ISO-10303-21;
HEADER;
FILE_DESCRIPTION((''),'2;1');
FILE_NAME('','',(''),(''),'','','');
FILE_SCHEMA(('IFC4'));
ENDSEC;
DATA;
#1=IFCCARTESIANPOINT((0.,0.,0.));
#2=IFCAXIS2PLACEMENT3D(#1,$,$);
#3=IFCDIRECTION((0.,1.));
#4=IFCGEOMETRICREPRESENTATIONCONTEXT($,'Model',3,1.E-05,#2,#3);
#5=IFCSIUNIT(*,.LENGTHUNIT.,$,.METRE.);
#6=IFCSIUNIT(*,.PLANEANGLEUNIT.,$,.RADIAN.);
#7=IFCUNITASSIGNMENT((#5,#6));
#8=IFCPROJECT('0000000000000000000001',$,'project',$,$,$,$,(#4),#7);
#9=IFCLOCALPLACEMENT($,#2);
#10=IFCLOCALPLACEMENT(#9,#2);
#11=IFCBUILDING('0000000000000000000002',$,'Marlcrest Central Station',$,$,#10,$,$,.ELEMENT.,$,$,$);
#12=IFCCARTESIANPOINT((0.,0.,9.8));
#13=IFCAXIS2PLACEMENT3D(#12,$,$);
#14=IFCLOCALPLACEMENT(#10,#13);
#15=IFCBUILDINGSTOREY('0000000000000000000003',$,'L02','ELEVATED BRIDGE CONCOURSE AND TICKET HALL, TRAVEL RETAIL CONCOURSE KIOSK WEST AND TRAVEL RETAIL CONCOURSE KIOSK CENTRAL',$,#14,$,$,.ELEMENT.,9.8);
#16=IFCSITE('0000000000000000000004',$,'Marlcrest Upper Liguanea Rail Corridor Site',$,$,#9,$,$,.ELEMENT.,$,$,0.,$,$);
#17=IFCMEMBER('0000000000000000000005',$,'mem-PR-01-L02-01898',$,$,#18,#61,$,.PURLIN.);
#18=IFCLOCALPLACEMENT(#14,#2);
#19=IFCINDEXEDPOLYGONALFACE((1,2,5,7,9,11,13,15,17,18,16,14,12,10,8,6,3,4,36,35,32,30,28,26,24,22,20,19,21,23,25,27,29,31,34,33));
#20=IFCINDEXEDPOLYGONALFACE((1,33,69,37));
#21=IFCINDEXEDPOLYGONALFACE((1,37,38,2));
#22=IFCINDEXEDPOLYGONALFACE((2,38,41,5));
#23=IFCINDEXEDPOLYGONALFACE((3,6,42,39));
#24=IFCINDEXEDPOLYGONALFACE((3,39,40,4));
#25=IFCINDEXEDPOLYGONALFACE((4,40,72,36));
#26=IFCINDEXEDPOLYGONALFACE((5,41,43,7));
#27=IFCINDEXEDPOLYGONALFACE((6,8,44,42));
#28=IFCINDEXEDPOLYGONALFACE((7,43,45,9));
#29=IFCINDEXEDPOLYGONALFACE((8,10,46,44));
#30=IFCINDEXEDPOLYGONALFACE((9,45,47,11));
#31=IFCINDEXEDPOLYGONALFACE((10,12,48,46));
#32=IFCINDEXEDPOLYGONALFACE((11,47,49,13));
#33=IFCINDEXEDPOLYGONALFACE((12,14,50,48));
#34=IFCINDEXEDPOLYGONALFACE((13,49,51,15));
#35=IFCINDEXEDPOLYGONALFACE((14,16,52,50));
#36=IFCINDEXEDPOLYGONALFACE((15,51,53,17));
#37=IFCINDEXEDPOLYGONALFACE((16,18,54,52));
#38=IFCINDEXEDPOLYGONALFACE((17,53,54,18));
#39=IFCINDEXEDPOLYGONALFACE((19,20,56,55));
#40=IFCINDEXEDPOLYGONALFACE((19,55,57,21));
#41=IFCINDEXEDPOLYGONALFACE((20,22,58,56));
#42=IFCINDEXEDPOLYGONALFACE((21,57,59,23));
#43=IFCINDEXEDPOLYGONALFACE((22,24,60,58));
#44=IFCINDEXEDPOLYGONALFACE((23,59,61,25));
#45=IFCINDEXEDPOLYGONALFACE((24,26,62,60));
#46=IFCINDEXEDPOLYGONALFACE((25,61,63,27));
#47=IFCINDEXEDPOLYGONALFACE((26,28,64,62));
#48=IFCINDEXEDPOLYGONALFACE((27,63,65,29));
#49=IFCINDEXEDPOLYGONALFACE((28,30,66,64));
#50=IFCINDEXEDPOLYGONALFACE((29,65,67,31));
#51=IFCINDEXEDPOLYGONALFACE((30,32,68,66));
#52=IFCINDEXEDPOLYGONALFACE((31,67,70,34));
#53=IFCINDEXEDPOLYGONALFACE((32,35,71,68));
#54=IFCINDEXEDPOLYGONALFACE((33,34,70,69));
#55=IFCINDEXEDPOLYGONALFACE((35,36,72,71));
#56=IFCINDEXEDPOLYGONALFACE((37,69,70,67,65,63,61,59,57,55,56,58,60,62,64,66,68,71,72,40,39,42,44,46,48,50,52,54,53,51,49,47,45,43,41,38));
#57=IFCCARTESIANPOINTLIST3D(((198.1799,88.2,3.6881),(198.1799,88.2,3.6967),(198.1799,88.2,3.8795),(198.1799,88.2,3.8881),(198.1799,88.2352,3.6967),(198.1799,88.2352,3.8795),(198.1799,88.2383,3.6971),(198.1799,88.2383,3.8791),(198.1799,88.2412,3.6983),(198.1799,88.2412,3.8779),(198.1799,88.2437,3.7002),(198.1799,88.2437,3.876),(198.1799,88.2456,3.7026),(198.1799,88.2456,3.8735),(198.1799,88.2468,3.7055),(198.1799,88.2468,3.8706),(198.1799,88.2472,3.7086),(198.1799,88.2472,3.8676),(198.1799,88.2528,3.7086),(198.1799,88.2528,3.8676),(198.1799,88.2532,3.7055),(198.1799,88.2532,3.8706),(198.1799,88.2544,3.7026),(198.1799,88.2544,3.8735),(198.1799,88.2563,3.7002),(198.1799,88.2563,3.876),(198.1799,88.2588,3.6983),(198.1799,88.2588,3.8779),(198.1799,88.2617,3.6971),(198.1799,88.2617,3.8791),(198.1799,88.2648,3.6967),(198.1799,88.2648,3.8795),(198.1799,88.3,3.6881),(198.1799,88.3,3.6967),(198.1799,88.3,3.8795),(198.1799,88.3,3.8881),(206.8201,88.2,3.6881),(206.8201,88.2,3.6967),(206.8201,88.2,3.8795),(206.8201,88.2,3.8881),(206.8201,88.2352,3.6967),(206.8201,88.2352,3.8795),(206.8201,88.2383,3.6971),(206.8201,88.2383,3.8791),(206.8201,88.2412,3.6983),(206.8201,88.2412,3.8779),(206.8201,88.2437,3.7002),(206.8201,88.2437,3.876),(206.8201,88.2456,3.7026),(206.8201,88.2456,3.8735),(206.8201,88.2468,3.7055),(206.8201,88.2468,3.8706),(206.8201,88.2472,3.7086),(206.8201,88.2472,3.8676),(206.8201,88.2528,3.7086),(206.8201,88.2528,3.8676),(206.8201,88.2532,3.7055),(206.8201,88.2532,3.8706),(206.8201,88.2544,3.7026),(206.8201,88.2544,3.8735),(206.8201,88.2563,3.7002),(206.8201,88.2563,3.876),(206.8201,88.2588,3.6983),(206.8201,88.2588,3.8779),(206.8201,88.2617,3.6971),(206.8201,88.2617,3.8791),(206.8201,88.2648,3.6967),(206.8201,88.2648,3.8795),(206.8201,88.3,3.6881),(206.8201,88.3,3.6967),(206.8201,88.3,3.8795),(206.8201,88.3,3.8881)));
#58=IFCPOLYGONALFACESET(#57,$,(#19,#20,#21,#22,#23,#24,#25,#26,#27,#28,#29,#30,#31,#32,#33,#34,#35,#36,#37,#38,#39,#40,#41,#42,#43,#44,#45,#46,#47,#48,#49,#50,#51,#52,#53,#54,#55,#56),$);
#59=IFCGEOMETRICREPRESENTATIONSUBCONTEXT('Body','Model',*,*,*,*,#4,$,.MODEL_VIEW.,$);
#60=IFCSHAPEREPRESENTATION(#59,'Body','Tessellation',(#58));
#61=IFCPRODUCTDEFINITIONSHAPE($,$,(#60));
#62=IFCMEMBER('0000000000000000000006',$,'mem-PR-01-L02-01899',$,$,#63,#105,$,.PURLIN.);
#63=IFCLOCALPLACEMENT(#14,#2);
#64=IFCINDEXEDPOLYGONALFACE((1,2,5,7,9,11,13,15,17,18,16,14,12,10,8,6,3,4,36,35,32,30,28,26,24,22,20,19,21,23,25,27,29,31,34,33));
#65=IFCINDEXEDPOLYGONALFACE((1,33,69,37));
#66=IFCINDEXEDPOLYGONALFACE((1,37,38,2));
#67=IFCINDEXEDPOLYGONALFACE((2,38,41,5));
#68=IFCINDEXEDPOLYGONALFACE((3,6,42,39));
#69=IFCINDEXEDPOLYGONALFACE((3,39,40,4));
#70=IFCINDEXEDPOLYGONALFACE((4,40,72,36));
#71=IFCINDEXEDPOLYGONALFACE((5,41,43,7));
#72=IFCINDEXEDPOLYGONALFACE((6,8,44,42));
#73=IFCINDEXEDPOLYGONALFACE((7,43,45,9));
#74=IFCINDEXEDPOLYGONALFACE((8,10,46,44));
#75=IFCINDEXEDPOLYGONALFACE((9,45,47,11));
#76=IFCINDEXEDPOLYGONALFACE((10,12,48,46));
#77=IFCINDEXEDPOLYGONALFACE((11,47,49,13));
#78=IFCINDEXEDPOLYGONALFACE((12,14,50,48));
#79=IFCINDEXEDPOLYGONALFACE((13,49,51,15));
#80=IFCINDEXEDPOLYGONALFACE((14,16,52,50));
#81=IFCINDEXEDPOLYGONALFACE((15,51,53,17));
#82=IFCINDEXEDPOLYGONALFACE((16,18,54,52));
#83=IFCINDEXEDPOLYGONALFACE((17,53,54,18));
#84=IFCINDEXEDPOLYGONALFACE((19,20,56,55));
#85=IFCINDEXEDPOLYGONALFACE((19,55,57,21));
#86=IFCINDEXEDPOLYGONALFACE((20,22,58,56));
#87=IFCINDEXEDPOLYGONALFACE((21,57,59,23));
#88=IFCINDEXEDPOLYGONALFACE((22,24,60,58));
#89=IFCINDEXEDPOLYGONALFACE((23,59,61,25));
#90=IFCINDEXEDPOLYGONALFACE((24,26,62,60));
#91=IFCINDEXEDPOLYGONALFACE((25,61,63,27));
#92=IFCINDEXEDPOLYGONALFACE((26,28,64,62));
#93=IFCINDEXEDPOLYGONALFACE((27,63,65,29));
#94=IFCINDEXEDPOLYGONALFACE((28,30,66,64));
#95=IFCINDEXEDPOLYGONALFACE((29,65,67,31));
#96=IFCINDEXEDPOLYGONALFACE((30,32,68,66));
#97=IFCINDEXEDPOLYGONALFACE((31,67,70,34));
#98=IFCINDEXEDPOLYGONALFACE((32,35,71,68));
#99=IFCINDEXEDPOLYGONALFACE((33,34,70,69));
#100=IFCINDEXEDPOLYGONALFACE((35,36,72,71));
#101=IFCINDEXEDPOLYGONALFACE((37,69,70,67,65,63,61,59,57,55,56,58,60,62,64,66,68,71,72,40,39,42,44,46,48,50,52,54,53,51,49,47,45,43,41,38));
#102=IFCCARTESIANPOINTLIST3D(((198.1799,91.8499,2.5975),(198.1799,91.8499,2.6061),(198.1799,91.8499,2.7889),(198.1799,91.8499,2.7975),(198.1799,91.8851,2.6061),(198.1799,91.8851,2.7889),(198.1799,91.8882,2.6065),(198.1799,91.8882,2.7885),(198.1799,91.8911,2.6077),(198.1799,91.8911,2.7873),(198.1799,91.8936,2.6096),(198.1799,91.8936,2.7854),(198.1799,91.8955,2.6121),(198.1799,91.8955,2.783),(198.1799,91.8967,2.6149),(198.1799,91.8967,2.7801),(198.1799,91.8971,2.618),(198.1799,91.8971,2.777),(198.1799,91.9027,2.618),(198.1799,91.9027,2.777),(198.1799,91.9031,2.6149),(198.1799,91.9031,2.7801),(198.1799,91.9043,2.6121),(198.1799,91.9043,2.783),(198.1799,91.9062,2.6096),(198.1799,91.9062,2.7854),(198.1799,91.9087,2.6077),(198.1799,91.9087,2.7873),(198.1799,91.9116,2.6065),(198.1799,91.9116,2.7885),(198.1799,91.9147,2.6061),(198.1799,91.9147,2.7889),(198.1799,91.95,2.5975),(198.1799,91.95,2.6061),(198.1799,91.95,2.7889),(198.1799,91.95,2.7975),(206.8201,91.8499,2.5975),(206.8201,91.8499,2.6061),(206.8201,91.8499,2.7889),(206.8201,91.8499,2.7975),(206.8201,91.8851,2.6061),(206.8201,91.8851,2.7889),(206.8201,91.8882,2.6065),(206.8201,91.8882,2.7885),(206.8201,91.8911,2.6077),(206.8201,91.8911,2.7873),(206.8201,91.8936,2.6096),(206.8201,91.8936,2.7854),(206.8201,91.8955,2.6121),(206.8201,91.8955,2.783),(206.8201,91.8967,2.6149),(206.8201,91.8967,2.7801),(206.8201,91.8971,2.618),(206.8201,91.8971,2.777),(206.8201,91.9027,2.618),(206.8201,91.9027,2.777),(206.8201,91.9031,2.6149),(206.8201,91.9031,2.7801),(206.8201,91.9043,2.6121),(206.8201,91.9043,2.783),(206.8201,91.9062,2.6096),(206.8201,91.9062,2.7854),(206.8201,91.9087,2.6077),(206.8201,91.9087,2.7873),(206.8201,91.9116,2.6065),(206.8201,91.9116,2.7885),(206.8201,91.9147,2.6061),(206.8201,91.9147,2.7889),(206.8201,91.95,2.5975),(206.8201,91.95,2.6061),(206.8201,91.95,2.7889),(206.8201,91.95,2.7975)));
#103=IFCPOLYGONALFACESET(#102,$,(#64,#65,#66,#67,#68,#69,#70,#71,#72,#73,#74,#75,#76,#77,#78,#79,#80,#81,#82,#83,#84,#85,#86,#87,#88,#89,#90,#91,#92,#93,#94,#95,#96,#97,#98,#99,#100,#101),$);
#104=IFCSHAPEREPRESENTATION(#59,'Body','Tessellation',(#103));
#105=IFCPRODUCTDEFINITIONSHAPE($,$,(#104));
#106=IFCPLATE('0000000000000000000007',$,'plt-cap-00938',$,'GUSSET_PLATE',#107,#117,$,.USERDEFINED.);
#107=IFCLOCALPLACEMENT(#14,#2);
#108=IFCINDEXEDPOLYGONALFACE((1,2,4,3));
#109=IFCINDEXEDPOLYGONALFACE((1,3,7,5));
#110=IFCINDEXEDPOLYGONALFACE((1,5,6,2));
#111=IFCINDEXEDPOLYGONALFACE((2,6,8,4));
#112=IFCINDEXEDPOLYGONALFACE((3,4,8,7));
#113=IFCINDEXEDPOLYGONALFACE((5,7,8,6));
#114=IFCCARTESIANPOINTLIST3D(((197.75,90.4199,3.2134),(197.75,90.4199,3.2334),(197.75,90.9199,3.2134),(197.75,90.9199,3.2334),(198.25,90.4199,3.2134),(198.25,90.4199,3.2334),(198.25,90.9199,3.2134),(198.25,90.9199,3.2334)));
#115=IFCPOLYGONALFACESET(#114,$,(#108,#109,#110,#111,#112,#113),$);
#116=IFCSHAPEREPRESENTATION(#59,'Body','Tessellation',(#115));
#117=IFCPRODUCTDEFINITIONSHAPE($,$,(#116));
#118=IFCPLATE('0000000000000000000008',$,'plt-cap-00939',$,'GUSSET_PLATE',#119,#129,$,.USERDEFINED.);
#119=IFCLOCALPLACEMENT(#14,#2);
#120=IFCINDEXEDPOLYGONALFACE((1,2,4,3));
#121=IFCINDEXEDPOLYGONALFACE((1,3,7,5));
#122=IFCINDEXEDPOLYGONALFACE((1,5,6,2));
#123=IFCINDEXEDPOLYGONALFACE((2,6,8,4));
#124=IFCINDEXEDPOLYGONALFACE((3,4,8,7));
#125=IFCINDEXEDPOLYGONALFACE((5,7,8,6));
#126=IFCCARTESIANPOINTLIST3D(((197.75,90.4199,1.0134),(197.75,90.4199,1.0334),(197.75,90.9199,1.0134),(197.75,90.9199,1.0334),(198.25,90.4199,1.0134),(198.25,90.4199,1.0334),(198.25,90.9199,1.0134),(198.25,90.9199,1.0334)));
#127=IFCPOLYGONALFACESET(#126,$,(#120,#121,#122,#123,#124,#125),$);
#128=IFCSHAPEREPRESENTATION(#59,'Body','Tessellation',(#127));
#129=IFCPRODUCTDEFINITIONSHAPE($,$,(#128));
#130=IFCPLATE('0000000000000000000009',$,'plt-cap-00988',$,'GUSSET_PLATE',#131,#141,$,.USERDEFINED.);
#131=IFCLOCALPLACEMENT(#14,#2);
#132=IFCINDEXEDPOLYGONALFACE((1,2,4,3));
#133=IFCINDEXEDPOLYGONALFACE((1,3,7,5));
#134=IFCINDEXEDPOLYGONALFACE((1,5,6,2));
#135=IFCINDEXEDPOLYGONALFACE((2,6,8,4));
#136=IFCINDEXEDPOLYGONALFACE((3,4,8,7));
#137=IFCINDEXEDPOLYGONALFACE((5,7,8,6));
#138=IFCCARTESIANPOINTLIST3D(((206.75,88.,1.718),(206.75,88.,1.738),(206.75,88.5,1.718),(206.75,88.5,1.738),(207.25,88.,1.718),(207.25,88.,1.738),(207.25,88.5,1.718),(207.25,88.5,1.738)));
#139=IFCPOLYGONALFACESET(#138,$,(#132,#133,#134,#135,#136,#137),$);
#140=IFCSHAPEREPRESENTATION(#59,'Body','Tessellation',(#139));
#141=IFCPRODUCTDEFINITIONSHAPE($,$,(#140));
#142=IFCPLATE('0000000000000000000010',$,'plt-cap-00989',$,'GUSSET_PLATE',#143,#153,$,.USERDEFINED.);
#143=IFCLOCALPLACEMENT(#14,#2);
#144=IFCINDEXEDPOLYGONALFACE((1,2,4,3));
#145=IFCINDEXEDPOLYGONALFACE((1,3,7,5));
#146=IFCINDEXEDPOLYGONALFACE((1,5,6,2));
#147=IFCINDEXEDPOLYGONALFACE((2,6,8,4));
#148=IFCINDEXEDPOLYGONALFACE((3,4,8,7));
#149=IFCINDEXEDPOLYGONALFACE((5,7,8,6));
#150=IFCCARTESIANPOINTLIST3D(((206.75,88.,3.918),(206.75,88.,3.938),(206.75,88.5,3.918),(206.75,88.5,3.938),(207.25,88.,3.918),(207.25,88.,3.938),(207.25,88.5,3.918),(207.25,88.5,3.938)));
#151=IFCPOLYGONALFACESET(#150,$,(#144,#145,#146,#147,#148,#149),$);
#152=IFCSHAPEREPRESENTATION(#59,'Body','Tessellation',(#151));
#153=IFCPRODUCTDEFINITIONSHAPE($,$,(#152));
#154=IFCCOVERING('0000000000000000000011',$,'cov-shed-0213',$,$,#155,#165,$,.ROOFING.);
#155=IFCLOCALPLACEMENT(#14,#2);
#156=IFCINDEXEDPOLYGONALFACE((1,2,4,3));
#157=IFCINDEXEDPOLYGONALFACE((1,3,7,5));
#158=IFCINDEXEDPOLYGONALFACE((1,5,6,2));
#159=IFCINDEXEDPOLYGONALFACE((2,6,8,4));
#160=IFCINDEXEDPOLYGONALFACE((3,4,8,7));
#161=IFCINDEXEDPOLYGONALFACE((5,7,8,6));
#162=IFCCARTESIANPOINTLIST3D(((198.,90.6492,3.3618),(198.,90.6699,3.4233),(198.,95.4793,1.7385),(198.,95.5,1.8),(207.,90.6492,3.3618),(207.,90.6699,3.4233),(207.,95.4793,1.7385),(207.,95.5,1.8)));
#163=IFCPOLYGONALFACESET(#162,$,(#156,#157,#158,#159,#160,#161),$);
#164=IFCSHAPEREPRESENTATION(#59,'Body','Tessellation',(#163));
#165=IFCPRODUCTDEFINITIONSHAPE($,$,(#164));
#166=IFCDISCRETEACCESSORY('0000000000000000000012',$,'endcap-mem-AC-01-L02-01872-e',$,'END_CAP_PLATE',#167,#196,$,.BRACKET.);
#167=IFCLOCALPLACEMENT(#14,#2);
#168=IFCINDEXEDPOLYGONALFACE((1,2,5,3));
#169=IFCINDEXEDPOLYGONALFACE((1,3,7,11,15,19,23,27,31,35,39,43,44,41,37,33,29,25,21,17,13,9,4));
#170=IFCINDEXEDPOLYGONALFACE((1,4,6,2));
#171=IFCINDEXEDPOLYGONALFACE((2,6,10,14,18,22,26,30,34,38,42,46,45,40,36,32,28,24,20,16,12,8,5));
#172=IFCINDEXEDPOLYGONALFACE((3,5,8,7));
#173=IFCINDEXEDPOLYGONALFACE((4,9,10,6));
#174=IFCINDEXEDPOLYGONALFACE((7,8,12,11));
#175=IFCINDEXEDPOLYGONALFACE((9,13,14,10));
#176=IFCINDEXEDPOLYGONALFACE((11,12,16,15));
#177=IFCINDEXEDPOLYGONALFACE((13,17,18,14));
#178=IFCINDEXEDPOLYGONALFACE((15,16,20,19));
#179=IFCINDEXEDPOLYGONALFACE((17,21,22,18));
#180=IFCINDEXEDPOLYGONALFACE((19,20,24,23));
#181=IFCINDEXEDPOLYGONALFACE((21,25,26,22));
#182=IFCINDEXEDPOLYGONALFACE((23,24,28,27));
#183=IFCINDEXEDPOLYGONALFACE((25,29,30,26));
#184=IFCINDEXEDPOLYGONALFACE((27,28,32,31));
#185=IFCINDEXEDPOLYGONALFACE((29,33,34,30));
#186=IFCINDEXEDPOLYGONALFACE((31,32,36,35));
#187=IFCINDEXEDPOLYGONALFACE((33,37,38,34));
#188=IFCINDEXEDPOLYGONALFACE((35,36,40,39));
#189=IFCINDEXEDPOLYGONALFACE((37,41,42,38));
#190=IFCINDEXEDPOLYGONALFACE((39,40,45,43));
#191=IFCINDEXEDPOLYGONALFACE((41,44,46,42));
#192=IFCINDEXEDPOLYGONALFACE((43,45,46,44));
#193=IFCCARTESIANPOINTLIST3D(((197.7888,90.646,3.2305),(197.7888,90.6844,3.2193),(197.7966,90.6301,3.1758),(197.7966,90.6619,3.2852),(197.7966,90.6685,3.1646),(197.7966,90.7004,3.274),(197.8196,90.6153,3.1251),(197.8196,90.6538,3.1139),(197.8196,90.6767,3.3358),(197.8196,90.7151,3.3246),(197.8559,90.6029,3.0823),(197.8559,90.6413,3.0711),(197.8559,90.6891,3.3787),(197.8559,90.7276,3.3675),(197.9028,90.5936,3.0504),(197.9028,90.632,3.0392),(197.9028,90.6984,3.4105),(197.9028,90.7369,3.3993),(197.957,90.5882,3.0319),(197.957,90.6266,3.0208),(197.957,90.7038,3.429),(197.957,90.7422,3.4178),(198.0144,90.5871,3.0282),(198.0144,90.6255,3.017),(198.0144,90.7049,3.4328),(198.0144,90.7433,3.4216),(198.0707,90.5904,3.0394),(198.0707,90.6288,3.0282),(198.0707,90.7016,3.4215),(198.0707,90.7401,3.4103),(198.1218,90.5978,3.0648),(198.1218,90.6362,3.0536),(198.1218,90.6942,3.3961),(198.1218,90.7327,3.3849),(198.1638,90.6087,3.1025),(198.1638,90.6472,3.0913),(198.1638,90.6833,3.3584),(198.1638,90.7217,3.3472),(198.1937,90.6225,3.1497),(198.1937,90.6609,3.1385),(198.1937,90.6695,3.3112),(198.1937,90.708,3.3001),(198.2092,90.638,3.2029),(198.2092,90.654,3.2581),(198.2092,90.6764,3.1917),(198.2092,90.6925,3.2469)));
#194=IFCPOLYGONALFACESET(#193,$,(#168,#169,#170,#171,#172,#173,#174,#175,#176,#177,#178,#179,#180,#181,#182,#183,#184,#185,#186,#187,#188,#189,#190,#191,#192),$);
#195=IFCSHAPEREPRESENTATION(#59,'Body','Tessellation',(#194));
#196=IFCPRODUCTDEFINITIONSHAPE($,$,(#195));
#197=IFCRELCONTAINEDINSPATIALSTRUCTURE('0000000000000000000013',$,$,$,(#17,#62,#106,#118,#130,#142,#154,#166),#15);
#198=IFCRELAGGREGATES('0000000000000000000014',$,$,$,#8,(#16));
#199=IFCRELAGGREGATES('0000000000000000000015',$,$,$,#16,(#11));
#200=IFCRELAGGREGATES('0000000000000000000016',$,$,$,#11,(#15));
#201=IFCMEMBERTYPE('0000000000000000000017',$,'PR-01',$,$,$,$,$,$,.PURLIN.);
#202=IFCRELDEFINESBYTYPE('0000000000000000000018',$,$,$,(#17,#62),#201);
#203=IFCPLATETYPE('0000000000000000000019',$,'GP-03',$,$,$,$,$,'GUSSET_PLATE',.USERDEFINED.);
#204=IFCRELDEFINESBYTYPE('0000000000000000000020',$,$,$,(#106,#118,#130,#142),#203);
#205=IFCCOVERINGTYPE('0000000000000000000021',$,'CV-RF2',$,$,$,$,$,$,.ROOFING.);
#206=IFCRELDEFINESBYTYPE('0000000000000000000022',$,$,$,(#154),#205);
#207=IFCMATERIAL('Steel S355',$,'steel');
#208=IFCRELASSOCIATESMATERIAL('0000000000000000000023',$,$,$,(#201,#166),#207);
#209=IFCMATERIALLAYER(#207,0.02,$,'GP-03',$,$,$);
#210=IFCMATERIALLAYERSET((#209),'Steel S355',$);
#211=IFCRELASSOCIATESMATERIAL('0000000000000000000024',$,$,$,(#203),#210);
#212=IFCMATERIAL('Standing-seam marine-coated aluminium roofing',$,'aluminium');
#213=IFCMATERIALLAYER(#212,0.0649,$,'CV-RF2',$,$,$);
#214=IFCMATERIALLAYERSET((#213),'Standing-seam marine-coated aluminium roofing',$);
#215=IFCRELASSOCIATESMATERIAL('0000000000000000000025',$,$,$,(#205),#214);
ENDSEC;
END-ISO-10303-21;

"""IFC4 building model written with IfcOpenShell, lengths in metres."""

from ifc_helpers import new_model, si_unit, direction, frame, origin, origin_2d, place, context, subcontext, project, spatial, polyline, rectangle, circle, i_section, outline, extrude, material, layer, layer_set, material_profile, profile_set, type_object, element, save


model = new_model("IFC4")

# Units and contexts
model_context = context("Model", 3, precision=1e-05, world=origin(), true_north=direction((0.0, 1.0)))
body_context = subcontext(model_context, "Body", "Model", "MODEL_VIEW")
ifc_project = project(units=[si_unit("LENGTHUNIT", "METRE"), si_unit("PLANEANGLEUNIT", "RADIAN")], contexts=[model_context])

# Site, building, storey
site_placement = place(None, origin())
site = spatial("IfcSite", under=ifc_project, at=site_placement, Name="Marlcrest Upper Liguanea Rail Corridor Site", CompositionType="ELEMENT", RefElevation=0.0)
building_placement = place(site_placement, origin())
building = spatial("IfcBuilding", under=site, at=building_placement, Name="Marlcrest Central Station", CompositionType="ELEMENT")
storey_placement = place(building_placement, frame((0.0, 0.0, 9.8)))
storey = spatial("IfcBuildingStorey", under=building, at=storey_placement, Name="L02", Description="ELEVATED BRIDGE CONCOURSE AND TICKET HALL, TRAVEL RETAIL CONCOURSE KIOSK WEST AND TRAVEL RETAIL CONCOURSE KIOSK CENTRAL", CompositionType="ELEMENT", Elevation=9.8)

# Members
ifc_material_1 = material(Name="Steel S355", Category="steel")
ifc_material_profile_1 = material_profile(ifc_material_1, i_section(OverallWidth=0.1001, OverallDepth=0.2, WebThickness=0.0056, FlangeThickness=0.0085, FilletRadius=0.012, at=origin_2d()), Name="IPE 200")
ifc_profile_set_1 = profile_set([ifc_material_profile_1], Name="Steel S355")
member_type_1 = type_object("IfcMemberType", Name="PR-01", PredefinedType="PURLIN", material=ifc_profile_set_1)
for number, where, z_axis, x_axis, name in (
    (1, (198.1799, 88.25, 3.7881), (1.0, 0.0, 0.0), (0.0, 1.0, 0.0), "mem-PR-01-L02-01898"),
    (2, (198.1799, 91.8999, 2.6975), (1.0, 0.0, 0.0), (0.0, 1.0, 0.0), "mem-PR-01-L02-01899"),
):
    element("IfcMember", number, at=place(storey_placement, frame(where, z_axis=z_axis, x_axis=x_axis)), inside=storey, type_object=member_type_1, Name=name, PredefinedType="PURLIN", context=body_context, shape_type="SweptSolid", body=[
        extrude(i_section(OverallWidth=0.1001, OverallDepth=0.2, WebThickness=0.0056, FlangeThickness=0.0085, FilletRadius=0.012, at=origin_2d()), origin(), (0.0, 0.0, 1.0), 8.6401),
    ])

# Plates
ifc_layer_1 = layer(ifc_material_1, 0.02, Name="GP-03")
ifc_layer_set_1 = layer_set([ifc_layer_1], Name="Steel S355")
plate_type = type_object("IfcPlateType", Name="GP-03", ElementType="GUSSET_PLATE", PredefinedType="USERDEFINED", material=ifc_layer_set_1)
for number, where, z_axis, x_axis, name in (
    (3, (198.0, 90.6699, 3.2134), (0.0, 0.0, 1.0), (1.0, 0.0, 0.0), "plt-cap-00938"),
    (4, (198.0, 90.6699, 1.0134), (0.0, 0.0, 1.0), (1.0, 0.0, 0.0), "plt-cap-00939"),
    (5, (207.0, 88.25, 1.718), (0.0, 0.0, 1.0), (1.0, 0.0, 0.0), "plt-cap-00988"),
    (6, (207.0, 88.25, 3.918), (0.0, 0.0, 1.0), (1.0, 0.0, 0.0), "plt-cap-00989"),
):
    element("IfcPlate", number, at=place(storey_placement, frame(where, z_axis=z_axis, x_axis=x_axis)), inside=storey, type_object=plate_type, Name=name, ObjectType="GUSSET_PLATE", PredefinedType="USERDEFINED", context=body_context, shape_type="SweptSolid", body=[
        extrude(rectangle(XDim=0.5, YDim=0.5, at=origin_2d()), origin(), (0.0, 0.0, 1.0), 0.02),
    ])

# Covering
ifc_material_2 = material(Name="Standing-seam marine-coated aluminium roofing", Category="aluminium")
ifc_layer_2 = layer(ifc_material_2, 0.0649, Name="CV-RF2")
ifc_layer_set_2 = layer_set([ifc_layer_2], Name="Standing-seam marine-coated aluminium roofing")
covering_type = type_object("IfcCoveringType", Name="CV-RF2", PredefinedType="ROOFING", material=ifc_layer_set_2)
covering_placement = place(storey_placement, frame((198.0, 90.6699, 3.4233), z_axis=(0.0, 0.31857, 0.947899), x_axis=(1.0, 0.0, 0.0)))
element("IfcCovering", 7, at=covering_placement, inside=storey, type_object=covering_type, Name="cov-shed-0213", PredefinedType="ROOFING", context=body_context, shape_type="SweptSolid", body=[
    extrude(outline(polyline([(0.0, 0.0), (9.0, 0.0), (9.0, 5.0956), (0.0, 5.0956), (0.0, 0.0)])), origin(), (0.0, 0.0, -1.0), 0.0649),
])

# Discrete accessory
discrete_accessory_1_placement = place(storey_placement, frame((198.0, 90.646, 3.2305), z_axis=(0.0, 0.96013, -0.279554), x_axis=(-1.0, 0.0, 0.0)))
element("IfcDiscreteAccessory", 8, at=discrete_accessory_1_placement, inside=storey, material=ifc_material_1, Name="endcap-mem-AC-01-L02-01872-e", ObjectType="END_CAP_PLATE", PredefinedType="BRACKET", context=body_context, shape_type="SweptSolid", body=[
    extrude(circle(Radius=0.2112, at=origin_2d()), origin(), (0.0, 0.0, 1.0), 0.04),
])

save(model, "model.ifc")
